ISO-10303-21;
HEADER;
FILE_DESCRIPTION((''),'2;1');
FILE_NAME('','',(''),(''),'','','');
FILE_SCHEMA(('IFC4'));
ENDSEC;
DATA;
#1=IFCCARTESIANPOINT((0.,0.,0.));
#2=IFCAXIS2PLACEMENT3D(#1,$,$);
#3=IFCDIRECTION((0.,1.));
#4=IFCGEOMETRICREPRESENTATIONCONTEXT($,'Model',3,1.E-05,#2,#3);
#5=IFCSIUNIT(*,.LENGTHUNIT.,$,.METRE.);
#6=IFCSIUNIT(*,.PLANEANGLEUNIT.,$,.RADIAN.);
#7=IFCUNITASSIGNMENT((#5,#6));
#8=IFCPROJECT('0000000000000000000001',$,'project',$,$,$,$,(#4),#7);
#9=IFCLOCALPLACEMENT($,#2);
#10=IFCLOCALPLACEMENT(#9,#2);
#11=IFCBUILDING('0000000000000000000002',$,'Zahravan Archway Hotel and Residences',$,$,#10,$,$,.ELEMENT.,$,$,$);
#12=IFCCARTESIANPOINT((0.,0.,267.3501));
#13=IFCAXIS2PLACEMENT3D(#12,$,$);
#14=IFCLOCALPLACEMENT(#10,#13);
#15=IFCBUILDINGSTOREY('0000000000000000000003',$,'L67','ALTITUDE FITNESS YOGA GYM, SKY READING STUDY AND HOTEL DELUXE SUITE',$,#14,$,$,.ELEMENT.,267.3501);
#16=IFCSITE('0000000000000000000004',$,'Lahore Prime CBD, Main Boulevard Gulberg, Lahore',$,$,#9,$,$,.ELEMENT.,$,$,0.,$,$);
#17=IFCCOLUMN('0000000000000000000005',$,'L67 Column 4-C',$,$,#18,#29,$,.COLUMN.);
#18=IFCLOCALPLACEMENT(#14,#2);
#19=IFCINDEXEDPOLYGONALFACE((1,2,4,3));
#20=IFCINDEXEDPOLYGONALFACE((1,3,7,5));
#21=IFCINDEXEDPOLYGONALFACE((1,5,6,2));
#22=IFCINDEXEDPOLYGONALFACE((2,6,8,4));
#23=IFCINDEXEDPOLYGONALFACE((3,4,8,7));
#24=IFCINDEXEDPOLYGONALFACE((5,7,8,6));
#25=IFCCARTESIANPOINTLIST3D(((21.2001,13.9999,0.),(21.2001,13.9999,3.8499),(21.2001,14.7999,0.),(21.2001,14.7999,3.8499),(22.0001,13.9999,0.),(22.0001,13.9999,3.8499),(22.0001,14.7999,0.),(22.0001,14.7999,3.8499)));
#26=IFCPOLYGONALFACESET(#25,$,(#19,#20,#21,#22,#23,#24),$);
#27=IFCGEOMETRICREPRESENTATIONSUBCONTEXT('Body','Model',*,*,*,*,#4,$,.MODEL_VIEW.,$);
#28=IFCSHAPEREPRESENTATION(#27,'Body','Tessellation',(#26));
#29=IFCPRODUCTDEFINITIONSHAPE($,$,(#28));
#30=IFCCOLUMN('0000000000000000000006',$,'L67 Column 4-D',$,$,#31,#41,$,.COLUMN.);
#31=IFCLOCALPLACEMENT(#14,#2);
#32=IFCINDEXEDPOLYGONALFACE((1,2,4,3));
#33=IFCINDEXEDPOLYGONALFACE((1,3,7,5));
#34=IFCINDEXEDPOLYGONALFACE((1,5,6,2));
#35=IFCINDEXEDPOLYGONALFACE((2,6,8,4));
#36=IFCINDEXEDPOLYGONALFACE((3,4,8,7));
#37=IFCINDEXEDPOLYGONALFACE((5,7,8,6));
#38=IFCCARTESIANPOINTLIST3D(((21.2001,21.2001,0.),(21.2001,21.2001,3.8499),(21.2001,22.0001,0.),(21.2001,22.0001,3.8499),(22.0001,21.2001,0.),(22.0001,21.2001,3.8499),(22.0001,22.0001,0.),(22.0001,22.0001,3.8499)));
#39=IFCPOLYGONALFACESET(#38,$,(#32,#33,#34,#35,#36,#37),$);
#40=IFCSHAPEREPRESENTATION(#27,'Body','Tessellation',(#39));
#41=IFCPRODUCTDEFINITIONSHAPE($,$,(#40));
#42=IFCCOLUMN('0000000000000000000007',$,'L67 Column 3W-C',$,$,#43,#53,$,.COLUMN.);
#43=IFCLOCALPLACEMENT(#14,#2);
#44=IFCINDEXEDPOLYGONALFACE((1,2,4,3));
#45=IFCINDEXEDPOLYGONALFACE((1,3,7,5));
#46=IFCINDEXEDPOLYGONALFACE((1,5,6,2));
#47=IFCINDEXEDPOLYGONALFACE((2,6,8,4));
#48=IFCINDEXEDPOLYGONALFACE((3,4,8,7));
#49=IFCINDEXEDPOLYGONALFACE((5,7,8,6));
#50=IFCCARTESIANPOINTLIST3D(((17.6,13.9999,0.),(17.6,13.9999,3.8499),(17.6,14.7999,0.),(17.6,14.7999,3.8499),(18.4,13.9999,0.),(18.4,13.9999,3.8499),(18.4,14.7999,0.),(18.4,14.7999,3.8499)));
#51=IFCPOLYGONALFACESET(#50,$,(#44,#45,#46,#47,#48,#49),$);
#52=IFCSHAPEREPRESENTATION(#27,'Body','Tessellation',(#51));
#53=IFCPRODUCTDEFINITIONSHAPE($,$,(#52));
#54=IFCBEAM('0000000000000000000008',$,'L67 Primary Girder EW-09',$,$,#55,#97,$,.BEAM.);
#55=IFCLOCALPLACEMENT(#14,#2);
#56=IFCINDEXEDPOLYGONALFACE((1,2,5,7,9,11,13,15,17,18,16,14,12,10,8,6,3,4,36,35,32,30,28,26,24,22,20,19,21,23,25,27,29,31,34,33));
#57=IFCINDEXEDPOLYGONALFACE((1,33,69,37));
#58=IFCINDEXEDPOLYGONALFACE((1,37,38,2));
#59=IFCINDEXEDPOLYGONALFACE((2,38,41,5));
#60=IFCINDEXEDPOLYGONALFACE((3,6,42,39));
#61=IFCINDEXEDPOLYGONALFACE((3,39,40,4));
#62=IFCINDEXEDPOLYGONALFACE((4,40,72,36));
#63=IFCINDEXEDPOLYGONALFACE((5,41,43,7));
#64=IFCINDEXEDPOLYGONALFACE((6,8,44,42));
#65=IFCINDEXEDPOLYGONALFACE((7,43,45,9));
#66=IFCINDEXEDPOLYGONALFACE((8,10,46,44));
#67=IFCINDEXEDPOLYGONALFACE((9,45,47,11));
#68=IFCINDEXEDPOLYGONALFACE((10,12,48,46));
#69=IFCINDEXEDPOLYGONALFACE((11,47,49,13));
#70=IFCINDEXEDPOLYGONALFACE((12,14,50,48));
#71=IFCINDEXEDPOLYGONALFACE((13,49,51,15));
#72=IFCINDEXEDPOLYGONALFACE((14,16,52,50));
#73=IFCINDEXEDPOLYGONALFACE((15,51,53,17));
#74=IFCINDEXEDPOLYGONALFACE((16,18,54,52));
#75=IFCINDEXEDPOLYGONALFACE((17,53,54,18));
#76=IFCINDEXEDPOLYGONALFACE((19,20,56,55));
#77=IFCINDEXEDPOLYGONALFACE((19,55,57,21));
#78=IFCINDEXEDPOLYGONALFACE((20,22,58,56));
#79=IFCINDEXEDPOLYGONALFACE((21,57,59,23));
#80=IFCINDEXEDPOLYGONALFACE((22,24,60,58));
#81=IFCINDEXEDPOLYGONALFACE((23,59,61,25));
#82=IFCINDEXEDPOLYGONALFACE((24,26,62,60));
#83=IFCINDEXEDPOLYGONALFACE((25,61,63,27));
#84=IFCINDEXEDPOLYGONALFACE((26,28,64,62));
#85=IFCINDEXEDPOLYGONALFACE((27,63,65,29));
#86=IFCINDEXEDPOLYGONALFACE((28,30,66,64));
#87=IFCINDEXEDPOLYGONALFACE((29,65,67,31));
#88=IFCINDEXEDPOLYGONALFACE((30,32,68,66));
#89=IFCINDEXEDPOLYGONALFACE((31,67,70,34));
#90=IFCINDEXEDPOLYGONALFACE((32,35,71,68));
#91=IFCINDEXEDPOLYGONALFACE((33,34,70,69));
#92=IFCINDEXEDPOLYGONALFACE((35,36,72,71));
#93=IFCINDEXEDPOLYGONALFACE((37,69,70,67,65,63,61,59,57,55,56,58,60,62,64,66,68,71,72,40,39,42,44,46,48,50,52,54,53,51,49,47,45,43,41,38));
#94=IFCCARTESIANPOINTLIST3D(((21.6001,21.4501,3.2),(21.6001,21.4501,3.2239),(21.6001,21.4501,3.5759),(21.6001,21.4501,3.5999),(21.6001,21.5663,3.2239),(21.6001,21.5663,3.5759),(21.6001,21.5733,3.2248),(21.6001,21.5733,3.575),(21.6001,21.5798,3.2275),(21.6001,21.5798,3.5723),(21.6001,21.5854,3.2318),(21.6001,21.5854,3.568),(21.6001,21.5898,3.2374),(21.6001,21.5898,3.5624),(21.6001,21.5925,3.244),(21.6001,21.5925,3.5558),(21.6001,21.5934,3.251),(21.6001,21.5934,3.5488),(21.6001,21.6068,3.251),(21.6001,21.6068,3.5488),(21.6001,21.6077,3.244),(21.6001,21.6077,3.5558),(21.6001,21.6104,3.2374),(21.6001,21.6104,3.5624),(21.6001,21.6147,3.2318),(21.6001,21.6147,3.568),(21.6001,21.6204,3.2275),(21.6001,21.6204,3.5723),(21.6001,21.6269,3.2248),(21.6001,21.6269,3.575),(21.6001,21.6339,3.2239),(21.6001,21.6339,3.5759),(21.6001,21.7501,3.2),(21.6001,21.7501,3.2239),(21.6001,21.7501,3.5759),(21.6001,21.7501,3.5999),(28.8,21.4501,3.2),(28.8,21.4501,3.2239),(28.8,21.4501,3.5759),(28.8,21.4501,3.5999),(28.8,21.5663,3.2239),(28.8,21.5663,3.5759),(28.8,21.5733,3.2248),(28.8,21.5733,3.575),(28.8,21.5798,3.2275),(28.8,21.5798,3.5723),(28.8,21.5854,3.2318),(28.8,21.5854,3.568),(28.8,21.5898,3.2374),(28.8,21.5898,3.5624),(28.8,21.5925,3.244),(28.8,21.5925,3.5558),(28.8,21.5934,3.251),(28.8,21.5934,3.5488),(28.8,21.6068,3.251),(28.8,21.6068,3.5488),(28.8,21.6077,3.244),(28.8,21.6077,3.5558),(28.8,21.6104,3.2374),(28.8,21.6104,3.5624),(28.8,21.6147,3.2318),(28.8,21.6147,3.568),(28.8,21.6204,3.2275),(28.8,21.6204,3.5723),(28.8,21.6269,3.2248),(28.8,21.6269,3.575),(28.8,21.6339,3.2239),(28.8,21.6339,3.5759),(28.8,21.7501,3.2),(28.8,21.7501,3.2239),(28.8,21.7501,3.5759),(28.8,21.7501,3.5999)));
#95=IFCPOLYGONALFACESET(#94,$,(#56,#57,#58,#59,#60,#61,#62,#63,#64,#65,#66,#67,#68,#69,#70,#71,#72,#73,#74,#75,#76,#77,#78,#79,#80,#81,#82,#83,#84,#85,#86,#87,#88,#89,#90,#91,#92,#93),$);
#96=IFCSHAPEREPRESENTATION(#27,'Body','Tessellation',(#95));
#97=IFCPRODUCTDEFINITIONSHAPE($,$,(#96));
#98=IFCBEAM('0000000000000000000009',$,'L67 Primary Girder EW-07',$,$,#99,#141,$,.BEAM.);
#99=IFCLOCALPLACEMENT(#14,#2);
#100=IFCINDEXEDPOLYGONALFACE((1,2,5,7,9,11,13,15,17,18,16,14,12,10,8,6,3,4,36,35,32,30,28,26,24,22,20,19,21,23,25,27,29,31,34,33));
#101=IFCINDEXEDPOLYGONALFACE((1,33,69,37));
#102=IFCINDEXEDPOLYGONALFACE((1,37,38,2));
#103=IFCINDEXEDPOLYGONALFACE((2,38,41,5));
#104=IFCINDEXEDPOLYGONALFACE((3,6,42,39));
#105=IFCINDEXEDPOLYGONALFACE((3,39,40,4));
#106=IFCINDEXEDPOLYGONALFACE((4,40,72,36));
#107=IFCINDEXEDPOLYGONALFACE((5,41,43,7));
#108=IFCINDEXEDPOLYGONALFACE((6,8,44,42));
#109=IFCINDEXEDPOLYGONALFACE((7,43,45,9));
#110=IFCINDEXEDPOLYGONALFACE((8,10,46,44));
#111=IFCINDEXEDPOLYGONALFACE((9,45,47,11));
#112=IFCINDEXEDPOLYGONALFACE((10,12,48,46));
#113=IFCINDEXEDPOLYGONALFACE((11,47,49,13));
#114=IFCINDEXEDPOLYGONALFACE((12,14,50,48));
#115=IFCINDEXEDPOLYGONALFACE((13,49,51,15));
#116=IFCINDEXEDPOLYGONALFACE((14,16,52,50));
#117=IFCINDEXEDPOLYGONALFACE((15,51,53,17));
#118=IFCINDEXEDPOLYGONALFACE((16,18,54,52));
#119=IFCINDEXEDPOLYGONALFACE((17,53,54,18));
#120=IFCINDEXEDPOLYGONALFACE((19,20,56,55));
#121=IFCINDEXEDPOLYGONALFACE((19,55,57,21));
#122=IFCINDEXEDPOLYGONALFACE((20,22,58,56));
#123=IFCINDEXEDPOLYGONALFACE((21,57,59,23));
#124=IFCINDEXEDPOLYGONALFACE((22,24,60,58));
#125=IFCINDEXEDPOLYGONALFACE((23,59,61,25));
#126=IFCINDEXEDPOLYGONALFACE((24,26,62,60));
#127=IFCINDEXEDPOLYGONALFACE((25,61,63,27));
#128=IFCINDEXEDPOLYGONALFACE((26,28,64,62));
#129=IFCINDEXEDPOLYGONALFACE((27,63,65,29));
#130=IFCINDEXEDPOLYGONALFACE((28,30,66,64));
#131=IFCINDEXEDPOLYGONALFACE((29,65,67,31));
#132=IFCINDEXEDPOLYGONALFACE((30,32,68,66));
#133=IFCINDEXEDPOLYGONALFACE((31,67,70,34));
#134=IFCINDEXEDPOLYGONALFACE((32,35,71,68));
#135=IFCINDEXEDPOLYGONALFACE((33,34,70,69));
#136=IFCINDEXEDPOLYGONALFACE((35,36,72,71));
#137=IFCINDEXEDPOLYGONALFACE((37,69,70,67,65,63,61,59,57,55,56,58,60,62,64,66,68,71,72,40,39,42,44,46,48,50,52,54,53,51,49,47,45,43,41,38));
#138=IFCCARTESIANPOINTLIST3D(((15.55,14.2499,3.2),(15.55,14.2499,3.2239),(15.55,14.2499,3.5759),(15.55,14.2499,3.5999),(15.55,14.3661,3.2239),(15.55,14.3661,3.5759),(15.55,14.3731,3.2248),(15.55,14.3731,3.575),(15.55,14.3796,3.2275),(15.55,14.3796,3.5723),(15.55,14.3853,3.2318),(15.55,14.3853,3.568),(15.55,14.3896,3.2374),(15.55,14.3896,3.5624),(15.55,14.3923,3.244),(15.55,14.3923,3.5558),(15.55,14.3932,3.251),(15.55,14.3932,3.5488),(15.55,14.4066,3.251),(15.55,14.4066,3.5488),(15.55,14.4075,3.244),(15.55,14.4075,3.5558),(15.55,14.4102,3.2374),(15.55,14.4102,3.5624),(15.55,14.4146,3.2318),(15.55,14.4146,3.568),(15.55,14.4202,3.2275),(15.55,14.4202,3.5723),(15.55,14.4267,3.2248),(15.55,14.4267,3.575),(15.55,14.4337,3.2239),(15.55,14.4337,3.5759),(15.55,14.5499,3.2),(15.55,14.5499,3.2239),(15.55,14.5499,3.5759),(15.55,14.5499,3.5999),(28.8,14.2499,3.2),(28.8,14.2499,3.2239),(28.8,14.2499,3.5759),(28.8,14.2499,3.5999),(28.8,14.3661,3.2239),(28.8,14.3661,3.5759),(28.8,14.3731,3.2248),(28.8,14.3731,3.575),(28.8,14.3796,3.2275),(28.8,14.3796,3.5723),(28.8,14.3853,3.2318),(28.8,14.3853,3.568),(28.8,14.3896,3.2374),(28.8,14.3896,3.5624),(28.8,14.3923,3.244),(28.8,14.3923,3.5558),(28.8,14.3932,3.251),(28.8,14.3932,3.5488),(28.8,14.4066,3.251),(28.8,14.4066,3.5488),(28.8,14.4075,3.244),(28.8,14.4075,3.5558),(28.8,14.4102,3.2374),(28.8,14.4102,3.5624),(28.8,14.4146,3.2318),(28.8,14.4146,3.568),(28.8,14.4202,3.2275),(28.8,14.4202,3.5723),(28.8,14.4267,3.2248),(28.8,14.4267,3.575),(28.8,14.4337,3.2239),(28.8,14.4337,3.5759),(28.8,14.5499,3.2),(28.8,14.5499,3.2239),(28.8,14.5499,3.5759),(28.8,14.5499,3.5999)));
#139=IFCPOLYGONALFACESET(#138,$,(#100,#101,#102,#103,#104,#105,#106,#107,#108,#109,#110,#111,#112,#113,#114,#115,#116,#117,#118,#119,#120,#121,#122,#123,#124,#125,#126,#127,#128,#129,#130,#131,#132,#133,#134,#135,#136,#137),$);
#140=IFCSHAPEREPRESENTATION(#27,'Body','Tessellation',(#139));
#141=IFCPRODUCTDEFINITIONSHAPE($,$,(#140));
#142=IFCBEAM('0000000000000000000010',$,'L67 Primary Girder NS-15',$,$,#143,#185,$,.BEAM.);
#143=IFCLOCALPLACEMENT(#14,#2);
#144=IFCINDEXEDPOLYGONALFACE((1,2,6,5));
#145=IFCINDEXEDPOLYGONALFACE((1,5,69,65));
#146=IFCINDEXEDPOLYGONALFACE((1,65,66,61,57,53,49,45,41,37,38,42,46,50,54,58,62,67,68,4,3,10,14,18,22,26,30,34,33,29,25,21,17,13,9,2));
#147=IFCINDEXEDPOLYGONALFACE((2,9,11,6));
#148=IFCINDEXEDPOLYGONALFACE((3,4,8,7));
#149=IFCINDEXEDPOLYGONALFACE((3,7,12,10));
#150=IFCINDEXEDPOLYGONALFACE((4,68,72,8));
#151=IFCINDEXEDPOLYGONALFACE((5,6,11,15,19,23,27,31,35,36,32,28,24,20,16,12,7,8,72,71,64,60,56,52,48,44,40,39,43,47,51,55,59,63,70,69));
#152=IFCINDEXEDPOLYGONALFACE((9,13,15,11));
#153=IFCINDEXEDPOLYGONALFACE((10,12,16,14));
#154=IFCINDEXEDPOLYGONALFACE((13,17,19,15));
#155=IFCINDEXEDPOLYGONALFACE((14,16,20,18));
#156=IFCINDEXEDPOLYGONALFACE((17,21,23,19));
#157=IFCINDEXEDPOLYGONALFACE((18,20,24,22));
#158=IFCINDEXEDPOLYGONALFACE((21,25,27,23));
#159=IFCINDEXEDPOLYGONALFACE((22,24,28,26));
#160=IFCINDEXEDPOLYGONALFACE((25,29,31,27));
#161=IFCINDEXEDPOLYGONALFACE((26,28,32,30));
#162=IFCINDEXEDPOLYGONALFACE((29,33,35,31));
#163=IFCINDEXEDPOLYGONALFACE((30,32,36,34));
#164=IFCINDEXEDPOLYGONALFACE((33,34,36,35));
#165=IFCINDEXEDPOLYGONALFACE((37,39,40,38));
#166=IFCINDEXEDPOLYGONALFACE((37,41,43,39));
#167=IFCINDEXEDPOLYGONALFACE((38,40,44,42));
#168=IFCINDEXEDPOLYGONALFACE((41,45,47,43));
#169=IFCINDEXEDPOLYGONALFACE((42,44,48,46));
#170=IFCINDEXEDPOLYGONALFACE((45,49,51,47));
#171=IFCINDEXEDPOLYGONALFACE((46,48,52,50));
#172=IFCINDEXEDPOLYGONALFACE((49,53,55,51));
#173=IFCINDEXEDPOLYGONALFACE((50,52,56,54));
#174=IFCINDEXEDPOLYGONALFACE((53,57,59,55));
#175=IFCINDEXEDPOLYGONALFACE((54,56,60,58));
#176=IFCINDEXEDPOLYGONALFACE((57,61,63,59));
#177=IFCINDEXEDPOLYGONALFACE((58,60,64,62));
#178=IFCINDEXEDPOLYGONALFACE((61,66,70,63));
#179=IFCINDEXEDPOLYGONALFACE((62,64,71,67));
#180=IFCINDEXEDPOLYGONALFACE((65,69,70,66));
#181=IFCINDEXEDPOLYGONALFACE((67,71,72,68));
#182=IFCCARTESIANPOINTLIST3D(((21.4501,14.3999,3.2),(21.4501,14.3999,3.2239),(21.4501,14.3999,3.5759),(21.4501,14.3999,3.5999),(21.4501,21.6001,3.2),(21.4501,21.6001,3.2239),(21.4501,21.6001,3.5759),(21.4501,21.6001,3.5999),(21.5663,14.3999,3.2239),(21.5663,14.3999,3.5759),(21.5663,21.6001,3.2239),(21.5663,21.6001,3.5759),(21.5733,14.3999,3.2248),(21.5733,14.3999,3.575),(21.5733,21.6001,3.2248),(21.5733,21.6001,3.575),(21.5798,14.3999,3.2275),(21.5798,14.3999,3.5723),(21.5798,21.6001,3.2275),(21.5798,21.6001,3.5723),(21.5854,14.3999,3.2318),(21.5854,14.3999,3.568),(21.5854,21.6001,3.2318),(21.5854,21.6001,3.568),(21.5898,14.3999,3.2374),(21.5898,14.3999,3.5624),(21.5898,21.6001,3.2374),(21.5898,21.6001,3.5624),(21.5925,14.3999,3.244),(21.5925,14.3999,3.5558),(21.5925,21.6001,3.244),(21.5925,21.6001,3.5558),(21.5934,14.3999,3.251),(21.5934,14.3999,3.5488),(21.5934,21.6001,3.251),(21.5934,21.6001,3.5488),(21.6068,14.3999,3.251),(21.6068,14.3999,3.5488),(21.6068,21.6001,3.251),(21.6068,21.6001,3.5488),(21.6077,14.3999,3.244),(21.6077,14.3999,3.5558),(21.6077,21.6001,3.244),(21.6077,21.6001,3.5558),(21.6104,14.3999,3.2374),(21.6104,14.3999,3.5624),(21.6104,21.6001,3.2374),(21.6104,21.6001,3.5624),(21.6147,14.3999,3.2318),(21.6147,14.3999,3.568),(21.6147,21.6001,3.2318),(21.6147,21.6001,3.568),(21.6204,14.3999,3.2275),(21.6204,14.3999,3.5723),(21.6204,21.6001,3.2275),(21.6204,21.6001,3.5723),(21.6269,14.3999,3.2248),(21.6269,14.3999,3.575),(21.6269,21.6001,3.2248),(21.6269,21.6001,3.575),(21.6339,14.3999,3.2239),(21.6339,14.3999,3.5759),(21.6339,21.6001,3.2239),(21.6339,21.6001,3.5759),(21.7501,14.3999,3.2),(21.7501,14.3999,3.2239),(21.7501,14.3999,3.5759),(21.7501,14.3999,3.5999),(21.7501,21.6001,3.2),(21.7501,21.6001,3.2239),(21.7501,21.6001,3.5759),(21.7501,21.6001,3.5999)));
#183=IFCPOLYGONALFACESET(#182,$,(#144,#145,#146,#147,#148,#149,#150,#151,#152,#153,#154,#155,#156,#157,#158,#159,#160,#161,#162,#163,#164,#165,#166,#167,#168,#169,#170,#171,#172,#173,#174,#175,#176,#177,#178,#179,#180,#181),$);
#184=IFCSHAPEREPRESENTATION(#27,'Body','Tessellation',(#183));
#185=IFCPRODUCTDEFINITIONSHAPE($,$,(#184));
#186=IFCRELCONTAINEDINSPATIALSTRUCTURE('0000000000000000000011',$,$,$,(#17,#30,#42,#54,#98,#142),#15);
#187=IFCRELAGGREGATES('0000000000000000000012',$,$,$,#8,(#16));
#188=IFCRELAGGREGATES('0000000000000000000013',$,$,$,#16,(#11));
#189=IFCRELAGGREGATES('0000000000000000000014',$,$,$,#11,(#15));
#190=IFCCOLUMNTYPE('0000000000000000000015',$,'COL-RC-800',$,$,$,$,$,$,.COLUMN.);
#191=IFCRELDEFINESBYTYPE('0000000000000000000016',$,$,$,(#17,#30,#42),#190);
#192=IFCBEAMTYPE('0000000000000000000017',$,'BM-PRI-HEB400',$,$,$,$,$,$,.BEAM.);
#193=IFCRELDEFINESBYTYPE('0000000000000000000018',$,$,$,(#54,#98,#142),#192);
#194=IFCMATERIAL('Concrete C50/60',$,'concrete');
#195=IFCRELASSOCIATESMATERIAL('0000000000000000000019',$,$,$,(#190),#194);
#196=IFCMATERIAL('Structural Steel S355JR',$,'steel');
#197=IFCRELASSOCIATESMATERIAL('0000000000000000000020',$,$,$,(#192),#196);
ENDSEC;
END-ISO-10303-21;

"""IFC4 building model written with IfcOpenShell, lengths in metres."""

from ifc_helpers import new_model, si_unit, direction, frame, origin, origin_2d, place, context, subcontext, project, spatial, rectangle, i_section, extrude, source, transform, mapped, material, material_profile, profile_set, type_object, type_shapes, element, save


model = new_model("IFC4")

# Units and contexts
model_context = context("Model", 3, precision=1e-05, world=origin(), true_north=direction((0.0, 1.0)))
body_context = subcontext(model_context, "Body", "Model", "MODEL_VIEW")
ifc_project = project(units=[si_unit("LENGTHUNIT", "METRE"), si_unit("PLANEANGLEUNIT", "RADIAN")], contexts=[model_context])

# Site, building, storey
site_placement = place(None, origin())
site = spatial("IfcSite", under=ifc_project, at=site_placement, Name="Lahore Prime CBD, Main Boulevard Gulberg, Lahore", CompositionType="ELEMENT", RefElevation=0.0)
building_placement = place(site_placement, origin())
building = spatial("IfcBuilding", under=site, at=building_placement, Name="Zahravan Archway Hotel and Residences", CompositionType="ELEMENT")
storey_placement = place(building_placement, frame((0.0, 0.0, 267.3501)))
storey = spatial("IfcBuildingStorey", under=building, at=storey_placement, Name="L67", Description="ALTITUDE FITNESS YOGA GYM, SKY READING STUDY AND HOTEL DELUXE SUITE", CompositionType="ELEMENT", Elevation=267.3501)

# Columns
ifc_material_1 = material(Name="Concrete C50/60", Category="concrete")
ifc_material_profile_1 = material_profile(ifc_material_1, rectangle(XDim=0.8, YDim=0.8, at=origin_2d()), Name="RC-COL-800x800", Category="concrete")
ifc_profile_set_1 = profile_set([ifc_material_profile_1], Name="Concrete C50/60")
column_type = type_object("IfcColumnType", Name="COL-RC-800", PredefinedType="COLUMN", material=ifc_profile_set_1)
shared_shape_1 = source(origin(), body_context, "Body", "SweptSolid", [
    extrude(rectangle(XDim=0.8, YDim=0.8, at=origin_2d()), origin(), (0.0, 0.0, 1.0), 3.8499),
])
for number, where, z_axis, x_axis, name in (
    (1, (21.6001, 14.3999, 0.0), (0.0, 0.0, 1.0), (1.0, 0.0, 0.0), "L67 Column 4-C"),
    (2, (21.6001, 21.6001, 0.0), (0.0, 0.0, 1.0), (1.0, 0.0, 0.0), "L67 Column 4-D"),
    (3, (18.0, 14.3999, 0.0), (0.0, 0.0, 1.0), (1.0, 0.0, 0.0), "L67 Column 3W-C"),
):
    element("IfcColumn", number, at=place(storey_placement, frame(where, z_axis=z_axis, x_axis=x_axis)), inside=storey, type_object=column_type, Name=name, PredefinedType="COLUMN", context=body_context, shape_type="MappedRepresentation", body=[
        mapped(shared_shape_1, transform((0.0, 0.0, 0.0), scale=1.0)),
    ])

# Beams
ifc_material_2 = material(Name="Structural Steel S355JR", Category="steel")
ifc_material_profile_2 = material_profile(ifc_material_2, i_section(OverallWidth=0.3, OverallDepth=0.3999, WebThickness=0.0134, FlangeThickness=0.0239, FilletRadius=0.0271, at=origin_2d()), Name="HEB 400", Category="steel")
ifc_profile_set_2 = profile_set([ifc_material_profile_2], Name="Structural Steel S355JR")
beam_type = type_object("IfcBeamType", Name="BM-PRI-HEB400", PredefinedType="BEAM", material=ifc_profile_set_2)
shared_shape_2 = source(origin(), body_context, "Body", "SweptSolid", [
    extrude(i_section(OverallWidth=0.3, OverallDepth=0.3999, WebThickness=0.0134, FlangeThickness=0.0239, FilletRadius=0.0271, at=origin_2d()), origin(), (0.0, 0.0, 1.0), 7.2),
])
type_shapes(beam_type, [shared_shape_2])
beam_1_placement = place(storey_placement, frame((21.6001, 21.6001, 3.3999), z_axis=(1.0, 0.0, 0.0), x_axis=(0.0, 1.0, 0.0)))
element("IfcBeam", 4, at=beam_1_placement, inside=storey, type_object=beam_type, Name="L67 Primary Girder EW-09", PredefinedType="BEAM", context=body_context, shape_type="MappedRepresentation", body=[
    mapped(shared_shape_2, transform((0.0, 0.0, 0.0), scale=1.0)),
])
shared_shape_3 = source(origin(), body_context, "Body", "SweptSolid", [
    extrude(i_section(OverallWidth=0.3, OverallDepth=0.3999, WebThickness=0.0134, FlangeThickness=0.0239, FilletRadius=0.0271, at=origin_2d()), origin(), (0.0, 0.0, 1.0), 13.25),
])
beam_2_placement = place(storey_placement, frame((15.55, 14.3999, 3.3999), z_axis=(1.0, 0.0, 0.0), x_axis=(0.0, 1.0, 0.0)))
element("IfcBeam", 5, at=beam_2_placement, inside=storey, type_object=beam_type, Name="L67 Primary Girder EW-07", PredefinedType="BEAM", context=body_context, shape_type="MappedRepresentation", body=[
    mapped(shared_shape_3, transform((0.0, 0.0, 0.0), scale=1.0)),
])
shared_shape_4 = source(origin(), body_context, "Body", "SweptSolid", [
    extrude(i_section(OverallWidth=0.3, OverallDepth=0.3999, WebThickness=0.0134, FlangeThickness=0.0239, FilletRadius=0.0271, at=origin_2d()), origin(), (0.0, 0.0, 1.0), 7.2002),
])
beam_3_placement = place(storey_placement, frame((21.6001, 14.3999, 3.3999), z_axis=(0.0, 1.0, 0.0), x_axis=(-1.0, 0.0, 0.0)))
element("IfcBeam", 6, at=beam_3_placement, inside=storey, type_object=beam_type, Name="L67 Primary Girder NS-15", PredefinedType="BEAM", context=body_context, shape_type="MappedRepresentation", body=[
    mapped(shared_shape_4, transform((0.0, 0.0, 0.0), scale=1.0)),
])

save(model, "model.ifc")
